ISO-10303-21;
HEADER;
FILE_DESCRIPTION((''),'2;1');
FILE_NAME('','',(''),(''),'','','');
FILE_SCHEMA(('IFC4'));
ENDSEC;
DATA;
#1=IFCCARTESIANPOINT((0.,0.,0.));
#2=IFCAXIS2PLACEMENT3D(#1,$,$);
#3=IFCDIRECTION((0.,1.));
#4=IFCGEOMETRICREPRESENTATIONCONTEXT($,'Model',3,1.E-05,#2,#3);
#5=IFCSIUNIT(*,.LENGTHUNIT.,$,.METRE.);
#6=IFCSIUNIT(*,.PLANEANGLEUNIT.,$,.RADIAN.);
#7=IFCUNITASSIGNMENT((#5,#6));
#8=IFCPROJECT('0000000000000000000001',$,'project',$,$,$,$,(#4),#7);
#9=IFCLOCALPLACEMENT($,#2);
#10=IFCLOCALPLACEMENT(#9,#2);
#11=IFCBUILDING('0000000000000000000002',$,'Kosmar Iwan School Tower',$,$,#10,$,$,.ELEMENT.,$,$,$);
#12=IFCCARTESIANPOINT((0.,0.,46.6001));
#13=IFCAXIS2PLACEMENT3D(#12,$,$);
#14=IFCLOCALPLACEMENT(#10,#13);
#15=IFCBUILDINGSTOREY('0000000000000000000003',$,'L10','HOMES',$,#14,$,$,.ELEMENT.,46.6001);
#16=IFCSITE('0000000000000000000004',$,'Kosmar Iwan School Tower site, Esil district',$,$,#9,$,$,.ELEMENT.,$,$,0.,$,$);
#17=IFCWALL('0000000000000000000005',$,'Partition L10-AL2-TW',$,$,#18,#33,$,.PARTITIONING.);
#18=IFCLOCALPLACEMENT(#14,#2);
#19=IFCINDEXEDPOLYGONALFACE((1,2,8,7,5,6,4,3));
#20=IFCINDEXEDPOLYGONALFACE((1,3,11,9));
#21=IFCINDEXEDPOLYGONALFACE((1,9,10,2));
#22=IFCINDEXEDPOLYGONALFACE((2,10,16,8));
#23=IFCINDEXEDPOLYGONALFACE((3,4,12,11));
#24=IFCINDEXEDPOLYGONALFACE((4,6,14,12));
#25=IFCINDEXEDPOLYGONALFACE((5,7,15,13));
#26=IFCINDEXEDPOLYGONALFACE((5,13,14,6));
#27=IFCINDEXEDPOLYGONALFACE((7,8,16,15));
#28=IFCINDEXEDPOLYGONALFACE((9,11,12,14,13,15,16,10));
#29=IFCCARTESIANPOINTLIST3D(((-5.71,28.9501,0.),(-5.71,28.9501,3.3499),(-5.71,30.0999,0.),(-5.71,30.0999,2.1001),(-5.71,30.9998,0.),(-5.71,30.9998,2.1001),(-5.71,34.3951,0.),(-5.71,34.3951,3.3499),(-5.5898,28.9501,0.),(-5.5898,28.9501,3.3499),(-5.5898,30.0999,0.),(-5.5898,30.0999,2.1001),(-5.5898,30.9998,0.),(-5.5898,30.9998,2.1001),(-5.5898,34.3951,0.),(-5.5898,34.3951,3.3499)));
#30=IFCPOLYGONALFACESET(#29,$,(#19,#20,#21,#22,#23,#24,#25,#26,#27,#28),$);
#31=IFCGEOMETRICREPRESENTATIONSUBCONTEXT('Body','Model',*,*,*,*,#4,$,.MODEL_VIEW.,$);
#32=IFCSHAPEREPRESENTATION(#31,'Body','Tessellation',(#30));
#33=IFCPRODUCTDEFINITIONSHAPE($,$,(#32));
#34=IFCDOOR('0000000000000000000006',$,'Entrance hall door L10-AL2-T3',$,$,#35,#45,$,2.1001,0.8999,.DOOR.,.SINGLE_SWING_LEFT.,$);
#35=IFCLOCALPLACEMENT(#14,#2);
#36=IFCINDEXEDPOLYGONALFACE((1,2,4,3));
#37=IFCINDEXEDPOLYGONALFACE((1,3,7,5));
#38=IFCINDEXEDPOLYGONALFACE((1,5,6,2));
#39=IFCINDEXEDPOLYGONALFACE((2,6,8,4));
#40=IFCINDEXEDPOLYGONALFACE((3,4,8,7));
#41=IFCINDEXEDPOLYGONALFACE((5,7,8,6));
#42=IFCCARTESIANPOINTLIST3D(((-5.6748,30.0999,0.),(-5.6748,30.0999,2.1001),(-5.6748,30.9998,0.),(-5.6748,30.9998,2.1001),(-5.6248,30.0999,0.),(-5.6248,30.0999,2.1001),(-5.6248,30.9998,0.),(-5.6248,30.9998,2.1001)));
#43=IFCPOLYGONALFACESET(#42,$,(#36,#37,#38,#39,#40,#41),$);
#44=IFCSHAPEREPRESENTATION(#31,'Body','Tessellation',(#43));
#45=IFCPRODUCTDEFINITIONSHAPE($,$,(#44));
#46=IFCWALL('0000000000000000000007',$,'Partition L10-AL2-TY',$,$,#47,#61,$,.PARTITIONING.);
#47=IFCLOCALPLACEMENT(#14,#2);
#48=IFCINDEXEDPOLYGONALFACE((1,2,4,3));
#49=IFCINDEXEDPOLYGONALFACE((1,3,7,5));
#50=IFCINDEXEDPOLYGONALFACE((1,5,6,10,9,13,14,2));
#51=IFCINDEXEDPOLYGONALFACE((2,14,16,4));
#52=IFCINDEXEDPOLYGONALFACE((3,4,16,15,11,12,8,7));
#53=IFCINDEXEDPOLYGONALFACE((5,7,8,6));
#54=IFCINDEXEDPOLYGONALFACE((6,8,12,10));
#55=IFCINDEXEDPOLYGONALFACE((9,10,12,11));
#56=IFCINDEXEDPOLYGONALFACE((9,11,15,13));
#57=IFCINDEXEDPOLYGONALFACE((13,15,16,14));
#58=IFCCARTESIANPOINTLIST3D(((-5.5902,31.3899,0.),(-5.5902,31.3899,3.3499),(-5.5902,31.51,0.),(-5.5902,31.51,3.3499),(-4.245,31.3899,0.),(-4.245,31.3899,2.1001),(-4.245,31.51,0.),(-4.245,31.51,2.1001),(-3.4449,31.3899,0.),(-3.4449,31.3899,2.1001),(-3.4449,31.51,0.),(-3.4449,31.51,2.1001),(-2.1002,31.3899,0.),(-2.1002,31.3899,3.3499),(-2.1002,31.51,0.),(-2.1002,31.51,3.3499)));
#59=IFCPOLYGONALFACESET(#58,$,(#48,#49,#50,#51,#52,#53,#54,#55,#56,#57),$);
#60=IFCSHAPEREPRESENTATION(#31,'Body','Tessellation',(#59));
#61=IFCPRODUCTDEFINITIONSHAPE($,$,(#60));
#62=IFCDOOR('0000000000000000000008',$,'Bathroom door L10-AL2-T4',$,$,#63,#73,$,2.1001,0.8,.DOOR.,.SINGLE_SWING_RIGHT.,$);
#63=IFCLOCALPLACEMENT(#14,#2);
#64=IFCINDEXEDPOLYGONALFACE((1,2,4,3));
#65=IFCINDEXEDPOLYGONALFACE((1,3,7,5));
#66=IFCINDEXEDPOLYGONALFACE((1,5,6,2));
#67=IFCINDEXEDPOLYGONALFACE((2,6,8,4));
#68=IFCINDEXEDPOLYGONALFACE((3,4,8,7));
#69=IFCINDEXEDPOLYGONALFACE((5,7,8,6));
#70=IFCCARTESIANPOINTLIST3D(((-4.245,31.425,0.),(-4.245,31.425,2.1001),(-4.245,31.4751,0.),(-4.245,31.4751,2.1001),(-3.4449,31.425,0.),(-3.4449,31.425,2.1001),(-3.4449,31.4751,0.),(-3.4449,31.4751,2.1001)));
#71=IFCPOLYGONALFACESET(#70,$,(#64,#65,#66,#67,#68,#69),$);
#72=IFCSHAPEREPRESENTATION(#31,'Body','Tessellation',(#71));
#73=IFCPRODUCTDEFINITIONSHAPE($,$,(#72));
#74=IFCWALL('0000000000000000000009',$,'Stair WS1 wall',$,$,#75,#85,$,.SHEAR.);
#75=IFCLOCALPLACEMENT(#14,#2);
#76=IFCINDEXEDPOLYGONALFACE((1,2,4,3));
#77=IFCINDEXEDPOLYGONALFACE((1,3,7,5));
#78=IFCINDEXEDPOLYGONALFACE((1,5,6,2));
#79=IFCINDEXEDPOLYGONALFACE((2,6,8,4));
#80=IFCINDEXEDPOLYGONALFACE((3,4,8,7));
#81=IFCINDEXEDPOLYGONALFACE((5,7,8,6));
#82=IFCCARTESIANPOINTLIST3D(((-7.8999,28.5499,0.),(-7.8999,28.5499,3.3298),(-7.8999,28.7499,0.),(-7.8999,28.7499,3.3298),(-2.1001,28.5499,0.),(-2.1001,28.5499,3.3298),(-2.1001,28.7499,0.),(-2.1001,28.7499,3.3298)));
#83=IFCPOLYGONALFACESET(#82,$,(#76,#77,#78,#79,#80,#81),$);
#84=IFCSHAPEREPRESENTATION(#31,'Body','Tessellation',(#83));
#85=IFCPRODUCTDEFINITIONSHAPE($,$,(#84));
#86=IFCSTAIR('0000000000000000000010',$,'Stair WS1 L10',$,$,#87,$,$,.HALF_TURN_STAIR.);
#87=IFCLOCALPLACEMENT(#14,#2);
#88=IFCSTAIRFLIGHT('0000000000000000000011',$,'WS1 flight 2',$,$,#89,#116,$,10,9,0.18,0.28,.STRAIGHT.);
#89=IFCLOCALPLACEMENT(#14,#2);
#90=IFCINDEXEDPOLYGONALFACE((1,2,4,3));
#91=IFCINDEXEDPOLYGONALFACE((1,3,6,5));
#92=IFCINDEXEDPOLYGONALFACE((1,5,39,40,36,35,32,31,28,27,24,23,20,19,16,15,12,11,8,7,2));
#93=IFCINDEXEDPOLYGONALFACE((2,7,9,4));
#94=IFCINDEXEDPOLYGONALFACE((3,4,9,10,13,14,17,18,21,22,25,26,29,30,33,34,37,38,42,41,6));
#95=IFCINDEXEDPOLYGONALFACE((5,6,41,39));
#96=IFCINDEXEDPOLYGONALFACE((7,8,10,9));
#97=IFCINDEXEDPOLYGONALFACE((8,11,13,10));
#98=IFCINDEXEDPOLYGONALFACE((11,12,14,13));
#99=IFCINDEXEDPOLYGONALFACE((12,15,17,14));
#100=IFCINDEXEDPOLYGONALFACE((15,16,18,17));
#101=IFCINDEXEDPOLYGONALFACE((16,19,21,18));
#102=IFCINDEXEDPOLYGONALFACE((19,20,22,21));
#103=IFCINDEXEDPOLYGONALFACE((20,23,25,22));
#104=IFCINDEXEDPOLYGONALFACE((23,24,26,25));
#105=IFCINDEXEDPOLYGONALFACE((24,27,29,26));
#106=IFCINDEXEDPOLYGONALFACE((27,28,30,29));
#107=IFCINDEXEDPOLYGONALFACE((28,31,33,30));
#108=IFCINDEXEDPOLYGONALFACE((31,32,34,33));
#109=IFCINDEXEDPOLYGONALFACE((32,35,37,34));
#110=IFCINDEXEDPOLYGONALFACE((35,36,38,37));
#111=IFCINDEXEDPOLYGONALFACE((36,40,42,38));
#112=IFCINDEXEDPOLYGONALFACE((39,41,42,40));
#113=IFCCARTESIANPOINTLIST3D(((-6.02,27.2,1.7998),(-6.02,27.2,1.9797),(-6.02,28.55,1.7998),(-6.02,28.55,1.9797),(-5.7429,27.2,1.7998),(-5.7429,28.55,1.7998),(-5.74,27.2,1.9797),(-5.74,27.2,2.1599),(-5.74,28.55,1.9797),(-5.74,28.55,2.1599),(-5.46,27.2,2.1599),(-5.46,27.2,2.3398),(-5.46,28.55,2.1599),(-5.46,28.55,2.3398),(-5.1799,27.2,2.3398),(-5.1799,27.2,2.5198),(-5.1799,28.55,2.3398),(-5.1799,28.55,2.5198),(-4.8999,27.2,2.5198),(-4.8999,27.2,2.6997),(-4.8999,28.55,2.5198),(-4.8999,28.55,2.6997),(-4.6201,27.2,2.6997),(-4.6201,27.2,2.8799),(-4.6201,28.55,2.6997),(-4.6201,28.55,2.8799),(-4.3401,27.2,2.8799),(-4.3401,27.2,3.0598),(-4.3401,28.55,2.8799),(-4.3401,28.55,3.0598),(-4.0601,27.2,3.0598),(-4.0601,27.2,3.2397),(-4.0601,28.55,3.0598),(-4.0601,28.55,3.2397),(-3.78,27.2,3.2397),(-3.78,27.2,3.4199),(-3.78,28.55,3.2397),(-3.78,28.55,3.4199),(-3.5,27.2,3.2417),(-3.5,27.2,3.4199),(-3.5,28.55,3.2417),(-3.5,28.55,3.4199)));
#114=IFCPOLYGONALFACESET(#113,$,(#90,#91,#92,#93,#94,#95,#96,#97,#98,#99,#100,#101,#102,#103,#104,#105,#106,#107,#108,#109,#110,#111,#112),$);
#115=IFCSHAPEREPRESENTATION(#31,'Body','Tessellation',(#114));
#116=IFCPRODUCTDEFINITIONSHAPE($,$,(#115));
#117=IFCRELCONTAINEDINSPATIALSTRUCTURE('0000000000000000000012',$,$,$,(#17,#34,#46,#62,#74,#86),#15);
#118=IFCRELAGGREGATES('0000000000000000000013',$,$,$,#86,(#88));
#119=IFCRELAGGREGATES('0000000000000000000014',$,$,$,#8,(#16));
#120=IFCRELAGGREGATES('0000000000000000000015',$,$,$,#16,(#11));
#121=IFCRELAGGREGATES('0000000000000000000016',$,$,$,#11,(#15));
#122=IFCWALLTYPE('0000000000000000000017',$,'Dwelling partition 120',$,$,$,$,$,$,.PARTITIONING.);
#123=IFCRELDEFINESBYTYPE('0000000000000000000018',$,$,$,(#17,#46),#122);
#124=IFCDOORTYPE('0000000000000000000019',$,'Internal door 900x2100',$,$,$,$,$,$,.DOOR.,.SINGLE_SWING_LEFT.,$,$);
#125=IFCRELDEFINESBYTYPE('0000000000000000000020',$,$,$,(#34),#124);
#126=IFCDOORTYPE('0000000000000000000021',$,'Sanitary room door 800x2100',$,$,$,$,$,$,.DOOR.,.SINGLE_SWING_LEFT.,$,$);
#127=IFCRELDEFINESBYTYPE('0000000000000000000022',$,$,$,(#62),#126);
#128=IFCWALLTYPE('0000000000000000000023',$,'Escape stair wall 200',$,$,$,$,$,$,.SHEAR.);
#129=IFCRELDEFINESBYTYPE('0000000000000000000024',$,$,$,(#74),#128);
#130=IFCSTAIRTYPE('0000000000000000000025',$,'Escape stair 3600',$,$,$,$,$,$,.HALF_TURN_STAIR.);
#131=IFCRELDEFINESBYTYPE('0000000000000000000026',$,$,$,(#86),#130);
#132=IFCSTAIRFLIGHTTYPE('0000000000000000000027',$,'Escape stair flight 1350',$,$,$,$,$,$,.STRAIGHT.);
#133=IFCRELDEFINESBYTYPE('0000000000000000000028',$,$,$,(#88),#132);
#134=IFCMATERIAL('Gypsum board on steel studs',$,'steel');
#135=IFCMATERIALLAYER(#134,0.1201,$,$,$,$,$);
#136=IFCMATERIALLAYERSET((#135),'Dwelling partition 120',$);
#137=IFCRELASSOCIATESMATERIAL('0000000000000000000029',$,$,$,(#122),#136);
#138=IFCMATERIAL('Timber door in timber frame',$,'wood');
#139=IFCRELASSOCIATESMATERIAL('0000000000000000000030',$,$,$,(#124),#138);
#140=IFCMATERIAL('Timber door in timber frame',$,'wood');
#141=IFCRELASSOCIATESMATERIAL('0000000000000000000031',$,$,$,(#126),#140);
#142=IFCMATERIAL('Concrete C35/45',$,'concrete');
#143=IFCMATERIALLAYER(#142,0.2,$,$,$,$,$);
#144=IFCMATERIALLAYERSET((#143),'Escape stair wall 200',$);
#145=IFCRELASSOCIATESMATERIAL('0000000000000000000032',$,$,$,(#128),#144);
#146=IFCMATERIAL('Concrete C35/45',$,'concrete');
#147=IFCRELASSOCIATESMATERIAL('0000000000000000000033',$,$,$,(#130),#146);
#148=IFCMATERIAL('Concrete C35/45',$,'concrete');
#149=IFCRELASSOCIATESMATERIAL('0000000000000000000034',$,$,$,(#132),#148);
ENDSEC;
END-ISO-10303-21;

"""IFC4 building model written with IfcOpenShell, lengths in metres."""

from ifc_helpers import new_model, si_unit, direction, frame, frame_2d, origin, place, context, subcontext, project, spatial, polyline, rectangle, outline, extrude, material, layer, layer_set, type_object, element, fill, aggregate, save


model = new_model("IFC4")

# Units and contexts
model_context = context("Model", 3, precision=1e-05, world=origin(), true_north=direction((0.0, 1.0)))
body_context = subcontext(model_context, "Body", "Model", "MODEL_VIEW")
ifc_project = project(units=[si_unit("LENGTHUNIT", "METRE"), si_unit("PLANEANGLEUNIT", "RADIAN")], contexts=[model_context])

# Site, building, storey
site_placement = place(None, origin())
site = spatial("IfcSite", under=ifc_project, at=site_placement, Name="Kosmar Iwan School Tower site, Esil district", CompositionType="ELEMENT", RefElevation=0.0)
building_placement = place(site_placement, origin())
building = spatial("IfcBuilding", under=site, at=building_placement, Name="Kosmar Iwan School Tower", CompositionType="ELEMENT")
storey_placement = place(building_placement, frame((0.0, 0.0, 46.6001)))
storey = spatial("IfcBuildingStorey", under=building, at=storey_placement, Name="L10", Description="HOMES", CompositionType="ELEMENT", Elevation=46.6001)

# Walls, openings, doors
ifc_material_1 = material(Name="Gypsum board on steel studs", Category="steel")
ifc_layer_1 = layer(ifc_material_1, 0.1201)
ifc_layer_set_1 = layer_set([ifc_layer_1], Name="Dwelling partition 120")
wall_type_1 = type_object("IfcWallType", Name="Dwelling partition 120", PredefinedType="PARTITIONING", material=ifc_layer_set_1)
ifc_material_2 = material(Name="Timber door in timber frame", Category="wood")
door_type_1 = type_object("IfcDoorType", Name="Internal door 900x2100", OperationType="SINGLE_SWING_LEFT", PredefinedType="DOOR", material=ifc_material_2)
wall_1_placement = place(storey_placement, frame((-5.6499, 28.95, 0.0), z_axis=(0.0, 0.0, 1.0), x_axis=(0.0, 1.0, 0.0)))
wall_1 = element("IfcWall", 1, at=wall_1_placement, inside=storey, type_object=wall_type_1, Name="Partition L10-AL2-TW", PredefinedType="PARTITIONING", context=body_context, shape_type="SweptSolid", body=[
    extrude(rectangle(XDim=5.4451, YDim=0.1201, at=frame_2d((2.7227, 0.0))), origin(), (0.0, 0.0, 1.0), 3.3499),
])
opening_1_placement = place(wall_1_placement, frame((1.1499, 0.0, 0.0)))
opening_1 = element("IfcOpeningElement", 2, at=opening_1_placement, cuts=wall_1, PredefinedType="OPENING", context=body_context, shape_type="SweptSolid", body=[
    extrude(rectangle(XDim=0.8999, YDim=2.1001, at=frame_2d((0.45, 1.05))), frame((0.0, 0.072, 0.0), z_axis=(0.0, -1.0, 0.0), x_axis=(1.0, 0.0, 0.0)), (0.0, 0.0, 1.0), 0.144),
])
door_1_placement = place(opening_1_placement, origin())
door_1 = element("IfcDoor", 3, at=door_1_placement, inside=storey, type_object=door_type_1, Name="Entrance hall door L10-AL2-T3", OperationType="SINGLE_SWING_LEFT", OverallHeight=2.1001, OverallWidth=0.8999, PredefinedType="DOOR", context=body_context, shape_type="SweptSolid", body=[
    extrude(rectangle(XDim=0.8999, YDim=2.1001, at=frame_2d((0.45, 1.05))), frame((0.0, 0.0249, 0.0), z_axis=(0.0, -1.0, 0.0), x_axis=(1.0, 0.0, 0.0)), (0.0, 0.0, 1.0), 0.05),
])
fill(opening_1, door_1)
wall_2_placement = place(storey_placement, frame((-2.1001, 31.45, 0.0), z_axis=(0.0, 0.0, 1.0), x_axis=(-1.0, 0.0, 0.0)))
wall_2 = element("IfcWall", 4, at=wall_2_placement, inside=storey, type_object=wall_type_1, Name="Partition L10-AL2-TY", PredefinedType="PARTITIONING", context=body_context, shape_type="SweptSolid", body=[
    extrude(rectangle(XDim=3.49, YDim=0.1201, at=frame_2d((1.7451, 0.0))), origin(), (0.0, 0.0, 1.0), 3.3499),
])
opening_2_placement = place(wall_2_placement, frame((1.345, 0.0, 0.0)))
opening_2 = element("IfcOpeningElement", 5, at=opening_2_placement, cuts=wall_2, PredefinedType="OPENING", context=body_context, shape_type="SweptSolid", body=[
    extrude(rectangle(XDim=0.8, YDim=2.1001, at=frame_2d((0.3999, 1.05))), frame((0.0, 0.072, 0.0), z_axis=(0.0, -1.0, 0.0), x_axis=(1.0, 0.0, 0.0)), (0.0, 0.0, 1.0), 0.144),
])
ifc_material_3 = material(Name="Timber door in timber frame", Category="wood")
door_type_2 = type_object("IfcDoorType", Name="Sanitary room door 800x2100", OperationType="SINGLE_SWING_LEFT", PredefinedType="DOOR", material=ifc_material_3)
door_2_placement = place(opening_2_placement, origin())
door_2 = element("IfcDoor", 6, at=door_2_placement, inside=storey, type_object=door_type_2, Name="Bathroom door L10-AL2-T4", OperationType="SINGLE_SWING_RIGHT", OverallHeight=2.1001, OverallWidth=0.8, PredefinedType="DOOR", context=body_context, shape_type="SweptSolid", body=[
    extrude(rectangle(XDim=0.8, YDim=2.1001, at=frame_2d((0.3999, 1.05))), frame((0.0, 0.0249, 0.0), z_axis=(0.0, -1.0, 0.0), x_axis=(1.0, 0.0, 0.0)), (0.0, 0.0, 1.0), 0.05),
])
fill(opening_2, door_2)

# Wall
ifc_material_4 = material(Name="Concrete C35/45", Category="concrete")
ifc_layer_2 = layer(ifc_material_4, 0.2)
ifc_layer_set_2 = layer_set([ifc_layer_2], Name="Escape stair wall 200")
wall_type_2 = type_object("IfcWallType", Name="Escape stair wall 200", PredefinedType="SHEAR", material=ifc_layer_set_2)
wall_3_placement = place(storey_placement, frame((-2.1001, 28.6499, 0.0), z_axis=(0.0, 0.0, 1.0), x_axis=(-1.0, 0.0, 0.0)))
element("IfcWall", 7, at=wall_3_placement, inside=storey, type_object=wall_type_2, Name="Stair WS1 wall", PredefinedType="SHEAR", context=body_context, shape_type="SweptSolid", body=[
    extrude(rectangle(XDim=5.7998, YDim=0.2, at=frame_2d((2.8999, 0.0))), origin(), (0.0, 0.0, 1.0), 3.3298),
])

# Stair, stair flight
ifc_material_5 = material(Name="Concrete C35/45", Category="concrete")
stair_type = type_object("IfcStairType", Name="Escape stair 3600", PredefinedType="HALF_TURN_STAIR", material=ifc_material_5)
stair_placement = place(storey_placement, origin())
stair = element("IfcStair", 8, at=stair_placement, inside=storey, type_object=stair_type, Name="Stair WS1 L10", PredefinedType="HALF_TURN_STAIR")
ifc_material_6 = material(Name="Concrete C35/45", Category="concrete")
stair_flight_type = type_object("IfcStairFlightType", Name="Escape stair flight 1350", PredefinedType="STRAIGHT", material=ifc_material_6)
stair_flight_placement = place(storey_placement, frame((-6.02, 27.875, 1.7998), z_axis=(0.0, 0.0, 1.0), x_axis=(1.0, 0.0, 0.0)))
stair_flight = element("IfcStairFlight", 9, at=stair_flight_placement, type_object=stair_flight_type, Name="WS1 flight 2", NumberOfRisers=10, NumberOfTreads=9, PredefinedType="STRAIGHT", RiserHeight=0.18, TreadLength=0.28, context=body_context, shape_type="SweptSolid", body=[
    extrude(outline(polyline([(0.0, 0.0), (0.0, 0.1799), (0.28, 0.1799), (0.28, 0.3601), (0.5601, 0.3601), (0.5601, 0.54), (0.8401, 0.54), (0.8401, 0.72), (1.1201, 0.72), (1.1201, 0.8999), (1.3999, 0.8999), (1.3999, 1.0801), (1.6799, 1.0801), (1.6799, 1.26), (1.96, 1.26), (1.96, 1.4399), (2.24, 1.4399), (2.24, 1.6201), (2.52, 1.6201), (2.52, 1.8), (2.52, 1.4419), (0.2771, 0.0), (0.0, 0.0)])), frame((0.0, 0.675, 0.0), z_axis=(0.0, -1.0, 0.0), x_axis=(1.0, 0.0, 0.0)), (0.0, 0.0, 1.0), 1.3501),
])
aggregate(stair, [stair_flight])

save(model, "model.ifc")
